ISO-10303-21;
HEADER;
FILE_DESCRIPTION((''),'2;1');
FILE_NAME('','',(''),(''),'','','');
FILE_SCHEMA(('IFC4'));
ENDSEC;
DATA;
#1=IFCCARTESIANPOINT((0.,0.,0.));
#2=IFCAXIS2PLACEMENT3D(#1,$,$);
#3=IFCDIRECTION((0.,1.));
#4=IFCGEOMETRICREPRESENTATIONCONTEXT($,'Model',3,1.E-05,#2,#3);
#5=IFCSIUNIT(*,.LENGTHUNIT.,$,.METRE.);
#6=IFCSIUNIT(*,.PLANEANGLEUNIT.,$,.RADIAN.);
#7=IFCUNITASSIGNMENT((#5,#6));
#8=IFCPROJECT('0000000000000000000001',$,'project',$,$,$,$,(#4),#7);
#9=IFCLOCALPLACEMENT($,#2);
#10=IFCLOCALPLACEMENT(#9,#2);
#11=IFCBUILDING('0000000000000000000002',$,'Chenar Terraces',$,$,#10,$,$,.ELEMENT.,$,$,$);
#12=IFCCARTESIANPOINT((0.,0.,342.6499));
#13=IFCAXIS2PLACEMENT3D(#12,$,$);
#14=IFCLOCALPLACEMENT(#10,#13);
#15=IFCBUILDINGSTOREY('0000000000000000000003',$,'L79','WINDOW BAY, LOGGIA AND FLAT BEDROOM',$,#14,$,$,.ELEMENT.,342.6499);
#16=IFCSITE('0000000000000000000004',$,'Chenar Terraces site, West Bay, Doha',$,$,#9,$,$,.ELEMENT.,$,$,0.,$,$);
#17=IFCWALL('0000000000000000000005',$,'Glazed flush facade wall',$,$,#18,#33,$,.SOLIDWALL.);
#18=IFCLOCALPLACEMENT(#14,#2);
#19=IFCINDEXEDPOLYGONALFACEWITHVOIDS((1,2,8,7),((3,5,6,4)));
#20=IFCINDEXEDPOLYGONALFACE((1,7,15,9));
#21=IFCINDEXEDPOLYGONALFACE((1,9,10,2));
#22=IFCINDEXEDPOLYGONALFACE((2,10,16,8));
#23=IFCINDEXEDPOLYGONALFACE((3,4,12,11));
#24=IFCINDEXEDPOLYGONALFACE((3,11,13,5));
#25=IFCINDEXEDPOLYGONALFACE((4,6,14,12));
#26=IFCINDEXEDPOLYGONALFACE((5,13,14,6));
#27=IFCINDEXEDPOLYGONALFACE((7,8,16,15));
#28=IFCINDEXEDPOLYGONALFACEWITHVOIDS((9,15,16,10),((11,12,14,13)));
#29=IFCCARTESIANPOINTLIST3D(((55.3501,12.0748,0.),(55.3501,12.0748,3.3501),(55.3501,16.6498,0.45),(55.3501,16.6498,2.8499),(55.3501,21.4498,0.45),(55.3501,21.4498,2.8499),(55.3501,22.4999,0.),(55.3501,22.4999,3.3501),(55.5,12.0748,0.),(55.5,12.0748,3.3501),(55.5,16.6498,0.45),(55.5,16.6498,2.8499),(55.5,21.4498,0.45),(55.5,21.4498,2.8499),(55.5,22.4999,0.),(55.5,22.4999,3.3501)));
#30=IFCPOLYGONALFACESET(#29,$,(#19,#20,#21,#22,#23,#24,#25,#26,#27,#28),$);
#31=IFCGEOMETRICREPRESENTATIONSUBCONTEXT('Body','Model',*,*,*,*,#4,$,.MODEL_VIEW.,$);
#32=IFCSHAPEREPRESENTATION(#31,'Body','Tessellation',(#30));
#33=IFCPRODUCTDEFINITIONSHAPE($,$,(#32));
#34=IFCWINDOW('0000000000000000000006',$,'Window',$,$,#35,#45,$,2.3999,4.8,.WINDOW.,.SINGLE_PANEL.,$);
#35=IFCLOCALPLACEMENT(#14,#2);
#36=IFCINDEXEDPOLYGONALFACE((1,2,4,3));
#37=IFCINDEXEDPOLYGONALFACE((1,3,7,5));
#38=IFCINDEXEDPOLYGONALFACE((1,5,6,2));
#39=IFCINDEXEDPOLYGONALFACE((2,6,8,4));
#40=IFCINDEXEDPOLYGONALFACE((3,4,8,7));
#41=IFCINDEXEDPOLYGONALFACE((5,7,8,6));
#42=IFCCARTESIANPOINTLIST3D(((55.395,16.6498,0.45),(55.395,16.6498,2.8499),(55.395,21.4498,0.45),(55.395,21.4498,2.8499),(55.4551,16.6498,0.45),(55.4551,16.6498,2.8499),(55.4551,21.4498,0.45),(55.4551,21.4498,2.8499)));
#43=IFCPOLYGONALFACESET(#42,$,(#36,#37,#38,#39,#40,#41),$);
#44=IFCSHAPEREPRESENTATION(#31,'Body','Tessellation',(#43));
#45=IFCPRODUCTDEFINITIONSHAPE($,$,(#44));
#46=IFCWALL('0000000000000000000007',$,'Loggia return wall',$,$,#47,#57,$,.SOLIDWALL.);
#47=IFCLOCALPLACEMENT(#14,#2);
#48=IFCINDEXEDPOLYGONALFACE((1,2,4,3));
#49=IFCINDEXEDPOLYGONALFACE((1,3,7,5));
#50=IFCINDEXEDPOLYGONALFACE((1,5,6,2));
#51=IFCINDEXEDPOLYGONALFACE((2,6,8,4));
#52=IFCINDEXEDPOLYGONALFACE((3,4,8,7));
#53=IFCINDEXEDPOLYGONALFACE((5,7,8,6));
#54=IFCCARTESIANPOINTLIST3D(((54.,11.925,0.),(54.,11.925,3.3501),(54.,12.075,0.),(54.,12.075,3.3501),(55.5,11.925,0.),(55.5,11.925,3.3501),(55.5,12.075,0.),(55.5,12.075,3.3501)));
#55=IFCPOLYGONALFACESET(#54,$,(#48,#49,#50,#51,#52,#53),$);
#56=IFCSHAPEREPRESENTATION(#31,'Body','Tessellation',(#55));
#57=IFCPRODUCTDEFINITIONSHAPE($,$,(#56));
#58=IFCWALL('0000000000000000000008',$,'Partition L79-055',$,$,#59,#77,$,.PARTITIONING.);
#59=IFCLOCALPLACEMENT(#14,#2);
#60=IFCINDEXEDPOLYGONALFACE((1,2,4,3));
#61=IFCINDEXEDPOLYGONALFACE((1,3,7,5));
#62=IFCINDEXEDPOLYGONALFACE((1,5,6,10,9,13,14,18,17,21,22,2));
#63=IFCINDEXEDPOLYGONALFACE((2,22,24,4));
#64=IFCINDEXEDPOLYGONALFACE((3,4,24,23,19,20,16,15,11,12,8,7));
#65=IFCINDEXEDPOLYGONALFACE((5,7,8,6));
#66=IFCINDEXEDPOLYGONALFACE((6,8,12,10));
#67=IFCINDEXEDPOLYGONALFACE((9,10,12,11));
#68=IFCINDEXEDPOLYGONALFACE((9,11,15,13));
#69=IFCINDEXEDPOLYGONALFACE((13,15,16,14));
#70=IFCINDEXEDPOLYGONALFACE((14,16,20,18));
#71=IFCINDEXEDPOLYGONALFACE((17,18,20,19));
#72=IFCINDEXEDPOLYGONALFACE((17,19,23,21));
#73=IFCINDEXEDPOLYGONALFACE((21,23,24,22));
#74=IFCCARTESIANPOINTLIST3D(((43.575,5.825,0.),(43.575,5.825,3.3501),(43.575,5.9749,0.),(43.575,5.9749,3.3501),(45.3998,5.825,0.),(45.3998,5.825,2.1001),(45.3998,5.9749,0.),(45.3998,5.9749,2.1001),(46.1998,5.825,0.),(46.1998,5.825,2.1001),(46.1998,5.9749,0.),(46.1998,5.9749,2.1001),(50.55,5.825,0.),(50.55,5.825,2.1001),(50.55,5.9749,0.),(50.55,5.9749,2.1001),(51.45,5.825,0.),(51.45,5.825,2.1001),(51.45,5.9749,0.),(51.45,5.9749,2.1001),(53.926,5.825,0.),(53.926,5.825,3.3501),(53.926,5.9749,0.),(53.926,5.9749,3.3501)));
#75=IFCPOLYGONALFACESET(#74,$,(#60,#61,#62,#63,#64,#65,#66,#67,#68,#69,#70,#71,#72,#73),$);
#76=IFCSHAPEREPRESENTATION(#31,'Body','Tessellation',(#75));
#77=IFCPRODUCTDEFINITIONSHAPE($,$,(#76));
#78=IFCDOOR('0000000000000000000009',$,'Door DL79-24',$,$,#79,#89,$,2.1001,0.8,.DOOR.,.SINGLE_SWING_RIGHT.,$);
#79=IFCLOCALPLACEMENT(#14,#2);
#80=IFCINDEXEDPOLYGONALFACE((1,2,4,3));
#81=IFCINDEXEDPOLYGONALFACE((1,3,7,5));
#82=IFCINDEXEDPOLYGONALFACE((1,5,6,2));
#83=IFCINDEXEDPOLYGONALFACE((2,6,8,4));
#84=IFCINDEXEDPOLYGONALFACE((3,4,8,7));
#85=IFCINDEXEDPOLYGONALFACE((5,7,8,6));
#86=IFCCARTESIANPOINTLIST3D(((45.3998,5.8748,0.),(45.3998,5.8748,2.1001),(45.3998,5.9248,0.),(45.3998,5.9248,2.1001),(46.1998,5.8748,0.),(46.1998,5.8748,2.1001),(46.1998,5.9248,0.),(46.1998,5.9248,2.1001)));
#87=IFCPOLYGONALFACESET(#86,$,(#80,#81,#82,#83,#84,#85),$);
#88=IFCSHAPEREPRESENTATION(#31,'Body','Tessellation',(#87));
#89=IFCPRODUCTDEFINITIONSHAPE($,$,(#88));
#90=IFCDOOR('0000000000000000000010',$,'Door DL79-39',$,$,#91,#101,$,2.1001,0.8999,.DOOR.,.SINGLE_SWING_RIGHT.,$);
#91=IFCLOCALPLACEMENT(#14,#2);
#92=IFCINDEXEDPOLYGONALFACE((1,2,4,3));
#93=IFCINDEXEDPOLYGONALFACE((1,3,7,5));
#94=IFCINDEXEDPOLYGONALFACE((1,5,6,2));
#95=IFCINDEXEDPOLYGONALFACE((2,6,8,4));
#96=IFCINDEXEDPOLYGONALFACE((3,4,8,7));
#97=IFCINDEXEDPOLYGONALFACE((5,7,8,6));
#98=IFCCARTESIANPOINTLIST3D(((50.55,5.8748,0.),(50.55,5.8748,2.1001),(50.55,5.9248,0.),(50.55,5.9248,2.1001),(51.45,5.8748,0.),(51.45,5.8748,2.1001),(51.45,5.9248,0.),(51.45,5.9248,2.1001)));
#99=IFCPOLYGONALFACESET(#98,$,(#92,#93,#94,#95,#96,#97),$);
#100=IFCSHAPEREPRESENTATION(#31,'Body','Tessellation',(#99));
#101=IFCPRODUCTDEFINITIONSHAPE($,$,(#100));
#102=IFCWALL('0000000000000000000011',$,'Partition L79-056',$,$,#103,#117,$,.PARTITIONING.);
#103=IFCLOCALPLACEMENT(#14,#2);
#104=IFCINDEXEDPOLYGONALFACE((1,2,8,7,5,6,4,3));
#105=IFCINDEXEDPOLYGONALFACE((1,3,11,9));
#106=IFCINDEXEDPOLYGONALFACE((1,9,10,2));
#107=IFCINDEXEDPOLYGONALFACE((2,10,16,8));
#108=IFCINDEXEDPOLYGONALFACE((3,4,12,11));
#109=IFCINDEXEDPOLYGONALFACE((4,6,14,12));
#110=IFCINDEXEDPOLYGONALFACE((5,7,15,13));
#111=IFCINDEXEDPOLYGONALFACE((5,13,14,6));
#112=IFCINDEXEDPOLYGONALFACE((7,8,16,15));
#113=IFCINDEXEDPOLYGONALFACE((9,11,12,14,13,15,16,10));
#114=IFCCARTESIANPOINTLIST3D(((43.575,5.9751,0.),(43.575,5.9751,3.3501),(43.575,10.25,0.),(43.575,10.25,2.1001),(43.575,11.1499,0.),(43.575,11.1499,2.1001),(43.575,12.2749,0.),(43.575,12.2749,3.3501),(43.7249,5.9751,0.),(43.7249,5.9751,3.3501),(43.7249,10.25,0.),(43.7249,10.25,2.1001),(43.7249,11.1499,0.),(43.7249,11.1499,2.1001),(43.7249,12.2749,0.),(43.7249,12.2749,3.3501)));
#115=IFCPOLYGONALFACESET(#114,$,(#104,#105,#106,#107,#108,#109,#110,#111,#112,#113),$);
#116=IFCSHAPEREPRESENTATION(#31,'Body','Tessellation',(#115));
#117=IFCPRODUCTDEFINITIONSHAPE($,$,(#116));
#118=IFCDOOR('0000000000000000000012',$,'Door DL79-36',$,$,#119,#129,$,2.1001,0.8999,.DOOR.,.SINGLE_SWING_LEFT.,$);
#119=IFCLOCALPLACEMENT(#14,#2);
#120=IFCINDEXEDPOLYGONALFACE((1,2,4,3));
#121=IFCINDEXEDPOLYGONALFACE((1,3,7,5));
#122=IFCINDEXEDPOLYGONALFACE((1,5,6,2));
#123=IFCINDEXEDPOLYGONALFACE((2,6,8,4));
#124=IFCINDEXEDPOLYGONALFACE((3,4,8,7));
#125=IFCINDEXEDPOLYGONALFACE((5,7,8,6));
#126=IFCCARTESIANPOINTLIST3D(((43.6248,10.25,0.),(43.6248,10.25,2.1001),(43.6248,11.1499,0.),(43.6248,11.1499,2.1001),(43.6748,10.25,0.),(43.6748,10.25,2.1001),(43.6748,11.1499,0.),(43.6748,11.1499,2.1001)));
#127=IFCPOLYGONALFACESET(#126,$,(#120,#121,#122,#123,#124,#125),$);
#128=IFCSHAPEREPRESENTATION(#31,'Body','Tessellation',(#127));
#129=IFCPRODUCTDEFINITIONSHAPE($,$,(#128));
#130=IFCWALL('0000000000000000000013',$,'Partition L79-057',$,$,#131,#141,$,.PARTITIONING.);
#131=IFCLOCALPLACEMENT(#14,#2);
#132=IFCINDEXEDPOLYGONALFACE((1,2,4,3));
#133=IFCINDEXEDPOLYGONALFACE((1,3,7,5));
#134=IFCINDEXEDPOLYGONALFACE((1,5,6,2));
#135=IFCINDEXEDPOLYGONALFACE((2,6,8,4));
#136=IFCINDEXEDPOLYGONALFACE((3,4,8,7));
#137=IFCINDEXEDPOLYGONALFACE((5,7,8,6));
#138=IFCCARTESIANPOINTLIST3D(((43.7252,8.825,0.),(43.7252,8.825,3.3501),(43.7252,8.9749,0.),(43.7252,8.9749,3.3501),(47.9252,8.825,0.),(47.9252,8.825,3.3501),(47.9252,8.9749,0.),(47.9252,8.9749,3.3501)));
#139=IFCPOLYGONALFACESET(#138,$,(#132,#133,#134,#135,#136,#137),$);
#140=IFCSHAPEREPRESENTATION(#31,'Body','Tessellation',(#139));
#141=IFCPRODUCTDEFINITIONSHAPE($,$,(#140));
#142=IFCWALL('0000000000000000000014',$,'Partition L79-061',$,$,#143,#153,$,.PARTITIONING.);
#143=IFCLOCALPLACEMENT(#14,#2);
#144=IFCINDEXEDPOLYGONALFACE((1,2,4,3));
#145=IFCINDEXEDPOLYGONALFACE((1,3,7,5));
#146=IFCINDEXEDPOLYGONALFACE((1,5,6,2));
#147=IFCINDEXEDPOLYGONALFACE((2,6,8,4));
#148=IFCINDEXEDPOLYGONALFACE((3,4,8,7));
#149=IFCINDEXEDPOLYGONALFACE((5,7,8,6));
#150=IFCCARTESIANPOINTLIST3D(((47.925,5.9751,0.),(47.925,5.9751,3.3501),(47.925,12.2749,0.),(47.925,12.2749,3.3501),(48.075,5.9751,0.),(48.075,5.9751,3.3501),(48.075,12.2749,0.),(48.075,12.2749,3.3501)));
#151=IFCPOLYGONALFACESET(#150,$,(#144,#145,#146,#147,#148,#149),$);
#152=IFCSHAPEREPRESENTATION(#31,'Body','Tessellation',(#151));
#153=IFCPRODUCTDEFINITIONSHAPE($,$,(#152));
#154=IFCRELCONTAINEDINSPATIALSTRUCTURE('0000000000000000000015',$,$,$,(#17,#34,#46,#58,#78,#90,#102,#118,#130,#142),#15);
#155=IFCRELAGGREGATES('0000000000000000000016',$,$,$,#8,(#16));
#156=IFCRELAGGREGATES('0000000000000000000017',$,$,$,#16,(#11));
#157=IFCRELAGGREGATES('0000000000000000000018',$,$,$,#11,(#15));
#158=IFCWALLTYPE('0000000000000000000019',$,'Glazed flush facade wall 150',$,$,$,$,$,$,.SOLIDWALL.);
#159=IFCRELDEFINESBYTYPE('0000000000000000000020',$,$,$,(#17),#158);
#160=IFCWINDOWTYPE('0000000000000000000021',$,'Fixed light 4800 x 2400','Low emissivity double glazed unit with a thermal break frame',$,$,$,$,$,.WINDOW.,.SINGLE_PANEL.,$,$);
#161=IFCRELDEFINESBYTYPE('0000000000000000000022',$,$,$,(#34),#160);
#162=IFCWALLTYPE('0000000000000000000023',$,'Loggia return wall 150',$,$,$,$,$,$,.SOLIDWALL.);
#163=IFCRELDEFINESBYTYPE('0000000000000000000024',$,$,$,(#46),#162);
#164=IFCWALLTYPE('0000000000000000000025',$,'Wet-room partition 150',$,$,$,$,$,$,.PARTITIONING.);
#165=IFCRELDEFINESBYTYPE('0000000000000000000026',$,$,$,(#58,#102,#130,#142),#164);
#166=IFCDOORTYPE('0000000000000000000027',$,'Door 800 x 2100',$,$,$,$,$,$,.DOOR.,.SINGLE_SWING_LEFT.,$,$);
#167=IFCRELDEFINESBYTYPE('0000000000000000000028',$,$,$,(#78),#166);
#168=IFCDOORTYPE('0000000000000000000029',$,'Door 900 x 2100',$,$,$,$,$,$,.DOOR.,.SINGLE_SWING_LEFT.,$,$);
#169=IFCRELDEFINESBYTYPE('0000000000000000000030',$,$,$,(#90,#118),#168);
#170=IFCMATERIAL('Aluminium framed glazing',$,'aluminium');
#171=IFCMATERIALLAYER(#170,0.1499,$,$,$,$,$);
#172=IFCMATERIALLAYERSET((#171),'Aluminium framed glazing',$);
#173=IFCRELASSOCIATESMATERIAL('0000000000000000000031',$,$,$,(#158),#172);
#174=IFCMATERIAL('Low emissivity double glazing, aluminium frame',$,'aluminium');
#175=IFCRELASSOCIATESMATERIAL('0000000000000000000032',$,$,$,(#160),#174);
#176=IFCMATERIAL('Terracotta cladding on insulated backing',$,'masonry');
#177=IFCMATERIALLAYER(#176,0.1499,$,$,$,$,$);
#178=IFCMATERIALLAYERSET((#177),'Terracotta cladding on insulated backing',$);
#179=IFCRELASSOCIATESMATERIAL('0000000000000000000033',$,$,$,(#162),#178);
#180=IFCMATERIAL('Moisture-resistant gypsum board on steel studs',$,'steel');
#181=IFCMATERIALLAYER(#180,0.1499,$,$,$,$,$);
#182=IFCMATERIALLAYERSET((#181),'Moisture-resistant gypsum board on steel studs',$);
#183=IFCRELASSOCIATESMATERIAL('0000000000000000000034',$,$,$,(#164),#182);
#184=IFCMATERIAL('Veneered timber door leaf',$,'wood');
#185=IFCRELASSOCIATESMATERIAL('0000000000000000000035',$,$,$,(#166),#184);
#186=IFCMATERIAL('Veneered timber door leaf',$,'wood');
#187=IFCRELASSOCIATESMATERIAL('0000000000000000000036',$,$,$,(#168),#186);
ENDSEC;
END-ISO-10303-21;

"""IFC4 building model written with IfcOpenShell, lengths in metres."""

from ifc_helpers import new_model, si_unit, direction, frame, frame_2d, origin, place, context, subcontext, project, spatial, rectangle, extrude, material, layer, layer_set, type_object, element, fill, save


model = new_model("IFC4")

# Units and contexts
model_context = context("Model", 3, precision=1e-05, world=origin(), true_north=direction((0.0, 1.0)))
body_context = subcontext(model_context, "Body", "Model", "MODEL_VIEW")
ifc_project = project(units=[si_unit("LENGTHUNIT", "METRE"), si_unit("PLANEANGLEUNIT", "RADIAN")], contexts=[model_context])

# Site, building, storey
site_placement = place(None, origin())
site = spatial("IfcSite", under=ifc_project, at=site_placement, Name="Chenar Terraces site, West Bay, Doha", CompositionType="ELEMENT", RefElevation=0.0)
building_placement = place(site_placement, origin())
building = spatial("IfcBuilding", under=site, at=building_placement, Name="Chenar Terraces", CompositionType="ELEMENT")
storey_placement = place(building_placement, frame((0.0, 0.0, 342.6499)))
storey = spatial("IfcBuildingStorey", under=building, at=storey_placement, Name="L79", Description="WINDOW BAY, LOGGIA AND FLAT BEDROOM", CompositionType="ELEMENT", Elevation=342.6499)

# Wall, opening, window
ifc_material_1 = material(Name="Aluminium framed glazing", Category="aluminium")
ifc_layer_1 = layer(ifc_material_1, 0.1499)
ifc_layer_set_1 = layer_set([ifc_layer_1], Name="Aluminium framed glazing")
wall_type_1 = type_object("IfcWallType", Name="Glazed flush facade wall 150", PredefinedType="SOLIDWALL", material=ifc_layer_set_1)
wall_1_placement = place(storey_placement, frame((55.425, 12.075, 0.0), z_axis=(0.0, 0.0, 1.0), x_axis=(0.0, 1.0, 0.0)))
wall_1 = element("IfcWall", 1, at=wall_1_placement, inside=storey, type_object=wall_type_1, Name="Glazed flush facade wall", PredefinedType="SOLIDWALL", context=body_context, shape_type="SweptSolid", body=[
    extrude(rectangle(XDim=10.425, YDim=0.1499, at=frame_2d((5.2124, 0.0))), origin(), (0.0, 0.0, 1.0), 3.3501),
])
opening_1_placement = place(wall_1_placement, frame((4.575, 0.0, 0.45)))
opening_1 = element("IfcOpeningElement", 2, at=opening_1_placement, cuts=wall_1, PredefinedType="OPENING", context=body_context, shape_type="SweptSolid", body=[
    extrude(rectangle(XDim=4.8, YDim=2.3999, at=frame_2d((2.3999, 1.2))), frame((0.0, 0.085, 0.0), z_axis=(0.0, -1.0, 0.0), x_axis=(1.0, 0.0, 0.0)), (0.0, 0.0, 1.0), 0.1699),
])
ifc_material_2 = material(Name="Low emissivity double glazing, aluminium frame", Category="aluminium")
window_type = type_object("IfcWindowType", Name="Fixed light 4800 x 2400", Description="Low emissivity double glazed unit with a thermal break frame", PartitioningType="SINGLE_PANEL", PredefinedType="WINDOW", material=ifc_material_2)
window_placement = place(opening_1_placement, origin())
window = element("IfcWindow", 3, at=window_placement, inside=storey, type_object=window_type, Name="Window", OverallHeight=2.3999, OverallWidth=4.8, PartitioningType="SINGLE_PANEL", PredefinedType="WINDOW", context=body_context, shape_type="SweptSolid", body=[
    extrude(rectangle(XDim=4.8, YDim=2.3999, at=frame_2d((2.3999, 1.2))), frame((0.0, 0.03, 0.0), z_axis=(0.0, -1.0, 0.0), x_axis=(1.0, 0.0, 0.0)), (0.0, 0.0, 1.0), 0.0601),
])
fill(opening_1, window)

# Wall
ifc_material_3 = material(Name="Terracotta cladding on insulated backing", Category="masonry")
ifc_layer_2 = layer(ifc_material_3, 0.1499)
ifc_layer_set_2 = layer_set([ifc_layer_2], Name="Terracotta cladding on insulated backing")
wall_type_2 = type_object("IfcWallType", Name="Loggia return wall 150", PredefinedType="SOLIDWALL", material=ifc_layer_set_2)
wall_2_placement = place(storey_placement, frame((55.5, 12.0, 0.0), z_axis=(0.0, 0.0, 1.0), x_axis=(-1.0, 0.0, 0.0)))
element("IfcWall", 4, at=wall_2_placement, inside=storey, type_object=wall_type_2, Name="Loggia return wall", PredefinedType="SOLIDWALL", context=body_context, shape_type="SweptSolid", body=[
    extrude(rectangle(XDim=1.5, YDim=0.1499, at=frame_2d((0.75, 0.0))), origin(), (0.0, 0.0, 1.0), 3.3501),
])

# Wall, openings, doors
ifc_material_4 = material(Name="Moisture-resistant gypsum board on steel studs", Category="steel")
ifc_layer_3 = layer(ifc_material_4, 0.1499)
ifc_layer_set_3 = layer_set([ifc_layer_3], Name="Moisture-resistant gypsum board on steel studs")
wall_type_3 = type_object("IfcWallType", Name="Wet-room partition 150", PredefinedType="PARTITIONING", material=ifc_layer_set_3)
wall_3_placement = place(storey_placement, frame((43.575, 5.8999, 0.0), z_axis=(0.0, 0.0, 1.0), x_axis=(1.0, 0.0, 0.0)))
wall_3 = element("IfcWall", 5, at=wall_3_placement, inside=storey, type_object=wall_type_3, Name="Partition L79-055", PredefinedType="PARTITIONING", context=body_context, shape_type="SweptSolid", body=[
    extrude(rectangle(XDim=10.3511, YDim=0.1499, at=frame_2d((5.1755, 0.0))), origin(), (0.0, 0.0, 1.0), 3.3501),
])
opening_2_placement = place(wall_3_placement, frame((1.825, 0.0, 0.0)))
opening_2 = element("IfcOpeningElement", 6, at=opening_2_placement, cuts=wall_3, PredefinedType="OPENING", context=body_context, shape_type="SweptSolid", body=[
    extrude(rectangle(XDim=0.8, YDim=2.1001, at=frame_2d((0.3999, 1.05))), frame((0.0, 0.085, 0.0), z_axis=(0.0, -1.0, 0.0), x_axis=(1.0, 0.0, 0.0)), (0.0, 0.0, 1.0), 0.1699),
])
opening_3_placement = place(wall_3_placement, frame((6.9751, 0.0, 0.0)))
opening_3 = element("IfcOpeningElement", 7, at=opening_3_placement, cuts=wall_3, PredefinedType="OPENING", context=body_context, shape_type="SweptSolid", body=[
    extrude(rectangle(XDim=0.8999, YDim=2.1001, at=frame_2d((0.45, 1.05))), frame((0.0, 0.085, 0.0), z_axis=(0.0, -1.0, 0.0), x_axis=(1.0, 0.0, 0.0)), (0.0, 0.0, 1.0), 0.1699),
])
ifc_material_5 = material(Name="Veneered timber door leaf", Category="wood")
door_type_1 = type_object("IfcDoorType", Name="Door 800 x 2100", OperationType="SINGLE_SWING_LEFT", PredefinedType="DOOR", material=ifc_material_5)
door_1_placement = place(opening_2_placement, origin())
door_1 = element("IfcDoor", 8, at=door_1_placement, inside=storey, type_object=door_type_1, Name="Door DL79-24", OperationType="SINGLE_SWING_RIGHT", OverallHeight=2.1001, OverallWidth=0.8, PredefinedType="DOOR", context=body_context, shape_type="SweptSolid", body=[
    extrude(rectangle(XDim=0.8, YDim=2.1001, at=frame_2d((0.3999, 1.05))), frame((0.0, 0.0249, 0.0), z_axis=(0.0, -1.0, 0.0), x_axis=(1.0, 0.0, 0.0)), (0.0, 0.0, 1.0), 0.05),
])
fill(opening_2, door_1)
ifc_material_6 = material(Name="Veneered timber door leaf", Category="wood")
door_type_2 = type_object("IfcDoorType", Name="Door 900 x 2100", OperationType="SINGLE_SWING_LEFT", PredefinedType="DOOR", material=ifc_material_6)
door_2_placement = place(opening_3_placement, origin())
door_2 = element("IfcDoor", 9, at=door_2_placement, inside=storey, type_object=door_type_2, Name="Door DL79-39", OperationType="SINGLE_SWING_RIGHT", OverallHeight=2.1001, OverallWidth=0.8999, PredefinedType="DOOR", context=body_context, shape_type="SweptSolid", body=[
    extrude(rectangle(XDim=0.8999, YDim=2.1001, at=frame_2d((0.45, 1.05))), frame((0.0, 0.0249, 0.0), z_axis=(0.0, -1.0, 0.0), x_axis=(1.0, 0.0, 0.0)), (0.0, 0.0, 1.0), 0.05),
])
fill(opening_3, door_2)

# Wall, opening, door
wall_4_placement = place(storey_placement, frame((43.6499, 5.9751, 0.0), z_axis=(0.0, 0.0, 1.0), x_axis=(0.0, 1.0, 0.0)))
wall_4 = element("IfcWall", 10, at=wall_4_placement, inside=storey, type_object=wall_type_3, Name="Partition L79-056", PredefinedType="PARTITIONING", context=body_context, shape_type="SweptSolid", body=[
    extrude(rectangle(XDim=6.2998, YDim=0.1499, at=frame_2d((3.1499, 0.0))), origin(), (0.0, 0.0, 1.0), 3.3501),
])
opening_4_placement = place(wall_4_placement, frame((4.2749, 0.0, 0.0)))
opening_4 = element("IfcOpeningElement", 11, at=opening_4_placement, cuts=wall_4, PredefinedType="OPENING", context=body_context, shape_type="SweptSolid", body=[
    extrude(rectangle(XDim=0.8999, YDim=2.1001, at=frame_2d((0.45, 1.05))), frame((0.0, 0.085, 0.0), z_axis=(0.0, -1.0, 0.0), x_axis=(1.0, 0.0, 0.0)), (0.0, 0.0, 1.0), 0.1699),
])
door_3_placement = place(opening_4_placement, frame((0.8999, 0.0, 0.0), z_axis=(0.0, 0.0, 1.0), x_axis=(-1.0, 0.0, 0.0)))
door_3 = element("IfcDoor", 12, at=door_3_placement, inside=storey, type_object=door_type_2, Name="Door DL79-36", OperationType="SINGLE_SWING_LEFT", OverallHeight=2.1001, OverallWidth=0.8999, PredefinedType="DOOR", context=body_context, shape_type="SweptSolid", body=[
    extrude(rectangle(XDim=0.8999, YDim=2.1001, at=frame_2d((0.45, 1.05))), frame((0.0, 0.0249, 0.0), z_axis=(0.0, -1.0, 0.0), x_axis=(1.0, 0.0, 0.0)), (0.0, 0.0, 1.0), 0.05),
])
fill(opening_4, door_3)

# Walls
wall_5_placement = place(storey_placement, frame((43.7251, 8.8999, 0.0), z_axis=(0.0, 0.0, 1.0), x_axis=(1.0, 0.0, 0.0)))
element("IfcWall", 13, at=wall_5_placement, inside=storey, type_object=wall_type_3, Name="Partition L79-057", PredefinedType="PARTITIONING", context=body_context, shape_type="SweptSolid", body=[
    extrude(rectangle(XDim=4.2, YDim=0.1499, at=frame_2d((2.1001, 0.0))), origin(), (0.0, 0.0, 1.0), 3.3501),
])
wall_6_placement = place(storey_placement, frame((48.0, 5.9751, 0.0), z_axis=(0.0, 0.0, 1.0), x_axis=(0.0, 1.0, 0.0)))
element("IfcWall", 14, at=wall_6_placement, inside=storey, type_object=wall_type_3, Name="Partition L79-061", PredefinedType="PARTITIONING", context=body_context, shape_type="SweptSolid", body=[
    extrude(rectangle(XDim=6.2998, YDim=0.1499, at=frame_2d((3.1499, 0.0))), origin(), (0.0, 0.0, 1.0), 3.3501),
])

save(model, "model.ifc")
